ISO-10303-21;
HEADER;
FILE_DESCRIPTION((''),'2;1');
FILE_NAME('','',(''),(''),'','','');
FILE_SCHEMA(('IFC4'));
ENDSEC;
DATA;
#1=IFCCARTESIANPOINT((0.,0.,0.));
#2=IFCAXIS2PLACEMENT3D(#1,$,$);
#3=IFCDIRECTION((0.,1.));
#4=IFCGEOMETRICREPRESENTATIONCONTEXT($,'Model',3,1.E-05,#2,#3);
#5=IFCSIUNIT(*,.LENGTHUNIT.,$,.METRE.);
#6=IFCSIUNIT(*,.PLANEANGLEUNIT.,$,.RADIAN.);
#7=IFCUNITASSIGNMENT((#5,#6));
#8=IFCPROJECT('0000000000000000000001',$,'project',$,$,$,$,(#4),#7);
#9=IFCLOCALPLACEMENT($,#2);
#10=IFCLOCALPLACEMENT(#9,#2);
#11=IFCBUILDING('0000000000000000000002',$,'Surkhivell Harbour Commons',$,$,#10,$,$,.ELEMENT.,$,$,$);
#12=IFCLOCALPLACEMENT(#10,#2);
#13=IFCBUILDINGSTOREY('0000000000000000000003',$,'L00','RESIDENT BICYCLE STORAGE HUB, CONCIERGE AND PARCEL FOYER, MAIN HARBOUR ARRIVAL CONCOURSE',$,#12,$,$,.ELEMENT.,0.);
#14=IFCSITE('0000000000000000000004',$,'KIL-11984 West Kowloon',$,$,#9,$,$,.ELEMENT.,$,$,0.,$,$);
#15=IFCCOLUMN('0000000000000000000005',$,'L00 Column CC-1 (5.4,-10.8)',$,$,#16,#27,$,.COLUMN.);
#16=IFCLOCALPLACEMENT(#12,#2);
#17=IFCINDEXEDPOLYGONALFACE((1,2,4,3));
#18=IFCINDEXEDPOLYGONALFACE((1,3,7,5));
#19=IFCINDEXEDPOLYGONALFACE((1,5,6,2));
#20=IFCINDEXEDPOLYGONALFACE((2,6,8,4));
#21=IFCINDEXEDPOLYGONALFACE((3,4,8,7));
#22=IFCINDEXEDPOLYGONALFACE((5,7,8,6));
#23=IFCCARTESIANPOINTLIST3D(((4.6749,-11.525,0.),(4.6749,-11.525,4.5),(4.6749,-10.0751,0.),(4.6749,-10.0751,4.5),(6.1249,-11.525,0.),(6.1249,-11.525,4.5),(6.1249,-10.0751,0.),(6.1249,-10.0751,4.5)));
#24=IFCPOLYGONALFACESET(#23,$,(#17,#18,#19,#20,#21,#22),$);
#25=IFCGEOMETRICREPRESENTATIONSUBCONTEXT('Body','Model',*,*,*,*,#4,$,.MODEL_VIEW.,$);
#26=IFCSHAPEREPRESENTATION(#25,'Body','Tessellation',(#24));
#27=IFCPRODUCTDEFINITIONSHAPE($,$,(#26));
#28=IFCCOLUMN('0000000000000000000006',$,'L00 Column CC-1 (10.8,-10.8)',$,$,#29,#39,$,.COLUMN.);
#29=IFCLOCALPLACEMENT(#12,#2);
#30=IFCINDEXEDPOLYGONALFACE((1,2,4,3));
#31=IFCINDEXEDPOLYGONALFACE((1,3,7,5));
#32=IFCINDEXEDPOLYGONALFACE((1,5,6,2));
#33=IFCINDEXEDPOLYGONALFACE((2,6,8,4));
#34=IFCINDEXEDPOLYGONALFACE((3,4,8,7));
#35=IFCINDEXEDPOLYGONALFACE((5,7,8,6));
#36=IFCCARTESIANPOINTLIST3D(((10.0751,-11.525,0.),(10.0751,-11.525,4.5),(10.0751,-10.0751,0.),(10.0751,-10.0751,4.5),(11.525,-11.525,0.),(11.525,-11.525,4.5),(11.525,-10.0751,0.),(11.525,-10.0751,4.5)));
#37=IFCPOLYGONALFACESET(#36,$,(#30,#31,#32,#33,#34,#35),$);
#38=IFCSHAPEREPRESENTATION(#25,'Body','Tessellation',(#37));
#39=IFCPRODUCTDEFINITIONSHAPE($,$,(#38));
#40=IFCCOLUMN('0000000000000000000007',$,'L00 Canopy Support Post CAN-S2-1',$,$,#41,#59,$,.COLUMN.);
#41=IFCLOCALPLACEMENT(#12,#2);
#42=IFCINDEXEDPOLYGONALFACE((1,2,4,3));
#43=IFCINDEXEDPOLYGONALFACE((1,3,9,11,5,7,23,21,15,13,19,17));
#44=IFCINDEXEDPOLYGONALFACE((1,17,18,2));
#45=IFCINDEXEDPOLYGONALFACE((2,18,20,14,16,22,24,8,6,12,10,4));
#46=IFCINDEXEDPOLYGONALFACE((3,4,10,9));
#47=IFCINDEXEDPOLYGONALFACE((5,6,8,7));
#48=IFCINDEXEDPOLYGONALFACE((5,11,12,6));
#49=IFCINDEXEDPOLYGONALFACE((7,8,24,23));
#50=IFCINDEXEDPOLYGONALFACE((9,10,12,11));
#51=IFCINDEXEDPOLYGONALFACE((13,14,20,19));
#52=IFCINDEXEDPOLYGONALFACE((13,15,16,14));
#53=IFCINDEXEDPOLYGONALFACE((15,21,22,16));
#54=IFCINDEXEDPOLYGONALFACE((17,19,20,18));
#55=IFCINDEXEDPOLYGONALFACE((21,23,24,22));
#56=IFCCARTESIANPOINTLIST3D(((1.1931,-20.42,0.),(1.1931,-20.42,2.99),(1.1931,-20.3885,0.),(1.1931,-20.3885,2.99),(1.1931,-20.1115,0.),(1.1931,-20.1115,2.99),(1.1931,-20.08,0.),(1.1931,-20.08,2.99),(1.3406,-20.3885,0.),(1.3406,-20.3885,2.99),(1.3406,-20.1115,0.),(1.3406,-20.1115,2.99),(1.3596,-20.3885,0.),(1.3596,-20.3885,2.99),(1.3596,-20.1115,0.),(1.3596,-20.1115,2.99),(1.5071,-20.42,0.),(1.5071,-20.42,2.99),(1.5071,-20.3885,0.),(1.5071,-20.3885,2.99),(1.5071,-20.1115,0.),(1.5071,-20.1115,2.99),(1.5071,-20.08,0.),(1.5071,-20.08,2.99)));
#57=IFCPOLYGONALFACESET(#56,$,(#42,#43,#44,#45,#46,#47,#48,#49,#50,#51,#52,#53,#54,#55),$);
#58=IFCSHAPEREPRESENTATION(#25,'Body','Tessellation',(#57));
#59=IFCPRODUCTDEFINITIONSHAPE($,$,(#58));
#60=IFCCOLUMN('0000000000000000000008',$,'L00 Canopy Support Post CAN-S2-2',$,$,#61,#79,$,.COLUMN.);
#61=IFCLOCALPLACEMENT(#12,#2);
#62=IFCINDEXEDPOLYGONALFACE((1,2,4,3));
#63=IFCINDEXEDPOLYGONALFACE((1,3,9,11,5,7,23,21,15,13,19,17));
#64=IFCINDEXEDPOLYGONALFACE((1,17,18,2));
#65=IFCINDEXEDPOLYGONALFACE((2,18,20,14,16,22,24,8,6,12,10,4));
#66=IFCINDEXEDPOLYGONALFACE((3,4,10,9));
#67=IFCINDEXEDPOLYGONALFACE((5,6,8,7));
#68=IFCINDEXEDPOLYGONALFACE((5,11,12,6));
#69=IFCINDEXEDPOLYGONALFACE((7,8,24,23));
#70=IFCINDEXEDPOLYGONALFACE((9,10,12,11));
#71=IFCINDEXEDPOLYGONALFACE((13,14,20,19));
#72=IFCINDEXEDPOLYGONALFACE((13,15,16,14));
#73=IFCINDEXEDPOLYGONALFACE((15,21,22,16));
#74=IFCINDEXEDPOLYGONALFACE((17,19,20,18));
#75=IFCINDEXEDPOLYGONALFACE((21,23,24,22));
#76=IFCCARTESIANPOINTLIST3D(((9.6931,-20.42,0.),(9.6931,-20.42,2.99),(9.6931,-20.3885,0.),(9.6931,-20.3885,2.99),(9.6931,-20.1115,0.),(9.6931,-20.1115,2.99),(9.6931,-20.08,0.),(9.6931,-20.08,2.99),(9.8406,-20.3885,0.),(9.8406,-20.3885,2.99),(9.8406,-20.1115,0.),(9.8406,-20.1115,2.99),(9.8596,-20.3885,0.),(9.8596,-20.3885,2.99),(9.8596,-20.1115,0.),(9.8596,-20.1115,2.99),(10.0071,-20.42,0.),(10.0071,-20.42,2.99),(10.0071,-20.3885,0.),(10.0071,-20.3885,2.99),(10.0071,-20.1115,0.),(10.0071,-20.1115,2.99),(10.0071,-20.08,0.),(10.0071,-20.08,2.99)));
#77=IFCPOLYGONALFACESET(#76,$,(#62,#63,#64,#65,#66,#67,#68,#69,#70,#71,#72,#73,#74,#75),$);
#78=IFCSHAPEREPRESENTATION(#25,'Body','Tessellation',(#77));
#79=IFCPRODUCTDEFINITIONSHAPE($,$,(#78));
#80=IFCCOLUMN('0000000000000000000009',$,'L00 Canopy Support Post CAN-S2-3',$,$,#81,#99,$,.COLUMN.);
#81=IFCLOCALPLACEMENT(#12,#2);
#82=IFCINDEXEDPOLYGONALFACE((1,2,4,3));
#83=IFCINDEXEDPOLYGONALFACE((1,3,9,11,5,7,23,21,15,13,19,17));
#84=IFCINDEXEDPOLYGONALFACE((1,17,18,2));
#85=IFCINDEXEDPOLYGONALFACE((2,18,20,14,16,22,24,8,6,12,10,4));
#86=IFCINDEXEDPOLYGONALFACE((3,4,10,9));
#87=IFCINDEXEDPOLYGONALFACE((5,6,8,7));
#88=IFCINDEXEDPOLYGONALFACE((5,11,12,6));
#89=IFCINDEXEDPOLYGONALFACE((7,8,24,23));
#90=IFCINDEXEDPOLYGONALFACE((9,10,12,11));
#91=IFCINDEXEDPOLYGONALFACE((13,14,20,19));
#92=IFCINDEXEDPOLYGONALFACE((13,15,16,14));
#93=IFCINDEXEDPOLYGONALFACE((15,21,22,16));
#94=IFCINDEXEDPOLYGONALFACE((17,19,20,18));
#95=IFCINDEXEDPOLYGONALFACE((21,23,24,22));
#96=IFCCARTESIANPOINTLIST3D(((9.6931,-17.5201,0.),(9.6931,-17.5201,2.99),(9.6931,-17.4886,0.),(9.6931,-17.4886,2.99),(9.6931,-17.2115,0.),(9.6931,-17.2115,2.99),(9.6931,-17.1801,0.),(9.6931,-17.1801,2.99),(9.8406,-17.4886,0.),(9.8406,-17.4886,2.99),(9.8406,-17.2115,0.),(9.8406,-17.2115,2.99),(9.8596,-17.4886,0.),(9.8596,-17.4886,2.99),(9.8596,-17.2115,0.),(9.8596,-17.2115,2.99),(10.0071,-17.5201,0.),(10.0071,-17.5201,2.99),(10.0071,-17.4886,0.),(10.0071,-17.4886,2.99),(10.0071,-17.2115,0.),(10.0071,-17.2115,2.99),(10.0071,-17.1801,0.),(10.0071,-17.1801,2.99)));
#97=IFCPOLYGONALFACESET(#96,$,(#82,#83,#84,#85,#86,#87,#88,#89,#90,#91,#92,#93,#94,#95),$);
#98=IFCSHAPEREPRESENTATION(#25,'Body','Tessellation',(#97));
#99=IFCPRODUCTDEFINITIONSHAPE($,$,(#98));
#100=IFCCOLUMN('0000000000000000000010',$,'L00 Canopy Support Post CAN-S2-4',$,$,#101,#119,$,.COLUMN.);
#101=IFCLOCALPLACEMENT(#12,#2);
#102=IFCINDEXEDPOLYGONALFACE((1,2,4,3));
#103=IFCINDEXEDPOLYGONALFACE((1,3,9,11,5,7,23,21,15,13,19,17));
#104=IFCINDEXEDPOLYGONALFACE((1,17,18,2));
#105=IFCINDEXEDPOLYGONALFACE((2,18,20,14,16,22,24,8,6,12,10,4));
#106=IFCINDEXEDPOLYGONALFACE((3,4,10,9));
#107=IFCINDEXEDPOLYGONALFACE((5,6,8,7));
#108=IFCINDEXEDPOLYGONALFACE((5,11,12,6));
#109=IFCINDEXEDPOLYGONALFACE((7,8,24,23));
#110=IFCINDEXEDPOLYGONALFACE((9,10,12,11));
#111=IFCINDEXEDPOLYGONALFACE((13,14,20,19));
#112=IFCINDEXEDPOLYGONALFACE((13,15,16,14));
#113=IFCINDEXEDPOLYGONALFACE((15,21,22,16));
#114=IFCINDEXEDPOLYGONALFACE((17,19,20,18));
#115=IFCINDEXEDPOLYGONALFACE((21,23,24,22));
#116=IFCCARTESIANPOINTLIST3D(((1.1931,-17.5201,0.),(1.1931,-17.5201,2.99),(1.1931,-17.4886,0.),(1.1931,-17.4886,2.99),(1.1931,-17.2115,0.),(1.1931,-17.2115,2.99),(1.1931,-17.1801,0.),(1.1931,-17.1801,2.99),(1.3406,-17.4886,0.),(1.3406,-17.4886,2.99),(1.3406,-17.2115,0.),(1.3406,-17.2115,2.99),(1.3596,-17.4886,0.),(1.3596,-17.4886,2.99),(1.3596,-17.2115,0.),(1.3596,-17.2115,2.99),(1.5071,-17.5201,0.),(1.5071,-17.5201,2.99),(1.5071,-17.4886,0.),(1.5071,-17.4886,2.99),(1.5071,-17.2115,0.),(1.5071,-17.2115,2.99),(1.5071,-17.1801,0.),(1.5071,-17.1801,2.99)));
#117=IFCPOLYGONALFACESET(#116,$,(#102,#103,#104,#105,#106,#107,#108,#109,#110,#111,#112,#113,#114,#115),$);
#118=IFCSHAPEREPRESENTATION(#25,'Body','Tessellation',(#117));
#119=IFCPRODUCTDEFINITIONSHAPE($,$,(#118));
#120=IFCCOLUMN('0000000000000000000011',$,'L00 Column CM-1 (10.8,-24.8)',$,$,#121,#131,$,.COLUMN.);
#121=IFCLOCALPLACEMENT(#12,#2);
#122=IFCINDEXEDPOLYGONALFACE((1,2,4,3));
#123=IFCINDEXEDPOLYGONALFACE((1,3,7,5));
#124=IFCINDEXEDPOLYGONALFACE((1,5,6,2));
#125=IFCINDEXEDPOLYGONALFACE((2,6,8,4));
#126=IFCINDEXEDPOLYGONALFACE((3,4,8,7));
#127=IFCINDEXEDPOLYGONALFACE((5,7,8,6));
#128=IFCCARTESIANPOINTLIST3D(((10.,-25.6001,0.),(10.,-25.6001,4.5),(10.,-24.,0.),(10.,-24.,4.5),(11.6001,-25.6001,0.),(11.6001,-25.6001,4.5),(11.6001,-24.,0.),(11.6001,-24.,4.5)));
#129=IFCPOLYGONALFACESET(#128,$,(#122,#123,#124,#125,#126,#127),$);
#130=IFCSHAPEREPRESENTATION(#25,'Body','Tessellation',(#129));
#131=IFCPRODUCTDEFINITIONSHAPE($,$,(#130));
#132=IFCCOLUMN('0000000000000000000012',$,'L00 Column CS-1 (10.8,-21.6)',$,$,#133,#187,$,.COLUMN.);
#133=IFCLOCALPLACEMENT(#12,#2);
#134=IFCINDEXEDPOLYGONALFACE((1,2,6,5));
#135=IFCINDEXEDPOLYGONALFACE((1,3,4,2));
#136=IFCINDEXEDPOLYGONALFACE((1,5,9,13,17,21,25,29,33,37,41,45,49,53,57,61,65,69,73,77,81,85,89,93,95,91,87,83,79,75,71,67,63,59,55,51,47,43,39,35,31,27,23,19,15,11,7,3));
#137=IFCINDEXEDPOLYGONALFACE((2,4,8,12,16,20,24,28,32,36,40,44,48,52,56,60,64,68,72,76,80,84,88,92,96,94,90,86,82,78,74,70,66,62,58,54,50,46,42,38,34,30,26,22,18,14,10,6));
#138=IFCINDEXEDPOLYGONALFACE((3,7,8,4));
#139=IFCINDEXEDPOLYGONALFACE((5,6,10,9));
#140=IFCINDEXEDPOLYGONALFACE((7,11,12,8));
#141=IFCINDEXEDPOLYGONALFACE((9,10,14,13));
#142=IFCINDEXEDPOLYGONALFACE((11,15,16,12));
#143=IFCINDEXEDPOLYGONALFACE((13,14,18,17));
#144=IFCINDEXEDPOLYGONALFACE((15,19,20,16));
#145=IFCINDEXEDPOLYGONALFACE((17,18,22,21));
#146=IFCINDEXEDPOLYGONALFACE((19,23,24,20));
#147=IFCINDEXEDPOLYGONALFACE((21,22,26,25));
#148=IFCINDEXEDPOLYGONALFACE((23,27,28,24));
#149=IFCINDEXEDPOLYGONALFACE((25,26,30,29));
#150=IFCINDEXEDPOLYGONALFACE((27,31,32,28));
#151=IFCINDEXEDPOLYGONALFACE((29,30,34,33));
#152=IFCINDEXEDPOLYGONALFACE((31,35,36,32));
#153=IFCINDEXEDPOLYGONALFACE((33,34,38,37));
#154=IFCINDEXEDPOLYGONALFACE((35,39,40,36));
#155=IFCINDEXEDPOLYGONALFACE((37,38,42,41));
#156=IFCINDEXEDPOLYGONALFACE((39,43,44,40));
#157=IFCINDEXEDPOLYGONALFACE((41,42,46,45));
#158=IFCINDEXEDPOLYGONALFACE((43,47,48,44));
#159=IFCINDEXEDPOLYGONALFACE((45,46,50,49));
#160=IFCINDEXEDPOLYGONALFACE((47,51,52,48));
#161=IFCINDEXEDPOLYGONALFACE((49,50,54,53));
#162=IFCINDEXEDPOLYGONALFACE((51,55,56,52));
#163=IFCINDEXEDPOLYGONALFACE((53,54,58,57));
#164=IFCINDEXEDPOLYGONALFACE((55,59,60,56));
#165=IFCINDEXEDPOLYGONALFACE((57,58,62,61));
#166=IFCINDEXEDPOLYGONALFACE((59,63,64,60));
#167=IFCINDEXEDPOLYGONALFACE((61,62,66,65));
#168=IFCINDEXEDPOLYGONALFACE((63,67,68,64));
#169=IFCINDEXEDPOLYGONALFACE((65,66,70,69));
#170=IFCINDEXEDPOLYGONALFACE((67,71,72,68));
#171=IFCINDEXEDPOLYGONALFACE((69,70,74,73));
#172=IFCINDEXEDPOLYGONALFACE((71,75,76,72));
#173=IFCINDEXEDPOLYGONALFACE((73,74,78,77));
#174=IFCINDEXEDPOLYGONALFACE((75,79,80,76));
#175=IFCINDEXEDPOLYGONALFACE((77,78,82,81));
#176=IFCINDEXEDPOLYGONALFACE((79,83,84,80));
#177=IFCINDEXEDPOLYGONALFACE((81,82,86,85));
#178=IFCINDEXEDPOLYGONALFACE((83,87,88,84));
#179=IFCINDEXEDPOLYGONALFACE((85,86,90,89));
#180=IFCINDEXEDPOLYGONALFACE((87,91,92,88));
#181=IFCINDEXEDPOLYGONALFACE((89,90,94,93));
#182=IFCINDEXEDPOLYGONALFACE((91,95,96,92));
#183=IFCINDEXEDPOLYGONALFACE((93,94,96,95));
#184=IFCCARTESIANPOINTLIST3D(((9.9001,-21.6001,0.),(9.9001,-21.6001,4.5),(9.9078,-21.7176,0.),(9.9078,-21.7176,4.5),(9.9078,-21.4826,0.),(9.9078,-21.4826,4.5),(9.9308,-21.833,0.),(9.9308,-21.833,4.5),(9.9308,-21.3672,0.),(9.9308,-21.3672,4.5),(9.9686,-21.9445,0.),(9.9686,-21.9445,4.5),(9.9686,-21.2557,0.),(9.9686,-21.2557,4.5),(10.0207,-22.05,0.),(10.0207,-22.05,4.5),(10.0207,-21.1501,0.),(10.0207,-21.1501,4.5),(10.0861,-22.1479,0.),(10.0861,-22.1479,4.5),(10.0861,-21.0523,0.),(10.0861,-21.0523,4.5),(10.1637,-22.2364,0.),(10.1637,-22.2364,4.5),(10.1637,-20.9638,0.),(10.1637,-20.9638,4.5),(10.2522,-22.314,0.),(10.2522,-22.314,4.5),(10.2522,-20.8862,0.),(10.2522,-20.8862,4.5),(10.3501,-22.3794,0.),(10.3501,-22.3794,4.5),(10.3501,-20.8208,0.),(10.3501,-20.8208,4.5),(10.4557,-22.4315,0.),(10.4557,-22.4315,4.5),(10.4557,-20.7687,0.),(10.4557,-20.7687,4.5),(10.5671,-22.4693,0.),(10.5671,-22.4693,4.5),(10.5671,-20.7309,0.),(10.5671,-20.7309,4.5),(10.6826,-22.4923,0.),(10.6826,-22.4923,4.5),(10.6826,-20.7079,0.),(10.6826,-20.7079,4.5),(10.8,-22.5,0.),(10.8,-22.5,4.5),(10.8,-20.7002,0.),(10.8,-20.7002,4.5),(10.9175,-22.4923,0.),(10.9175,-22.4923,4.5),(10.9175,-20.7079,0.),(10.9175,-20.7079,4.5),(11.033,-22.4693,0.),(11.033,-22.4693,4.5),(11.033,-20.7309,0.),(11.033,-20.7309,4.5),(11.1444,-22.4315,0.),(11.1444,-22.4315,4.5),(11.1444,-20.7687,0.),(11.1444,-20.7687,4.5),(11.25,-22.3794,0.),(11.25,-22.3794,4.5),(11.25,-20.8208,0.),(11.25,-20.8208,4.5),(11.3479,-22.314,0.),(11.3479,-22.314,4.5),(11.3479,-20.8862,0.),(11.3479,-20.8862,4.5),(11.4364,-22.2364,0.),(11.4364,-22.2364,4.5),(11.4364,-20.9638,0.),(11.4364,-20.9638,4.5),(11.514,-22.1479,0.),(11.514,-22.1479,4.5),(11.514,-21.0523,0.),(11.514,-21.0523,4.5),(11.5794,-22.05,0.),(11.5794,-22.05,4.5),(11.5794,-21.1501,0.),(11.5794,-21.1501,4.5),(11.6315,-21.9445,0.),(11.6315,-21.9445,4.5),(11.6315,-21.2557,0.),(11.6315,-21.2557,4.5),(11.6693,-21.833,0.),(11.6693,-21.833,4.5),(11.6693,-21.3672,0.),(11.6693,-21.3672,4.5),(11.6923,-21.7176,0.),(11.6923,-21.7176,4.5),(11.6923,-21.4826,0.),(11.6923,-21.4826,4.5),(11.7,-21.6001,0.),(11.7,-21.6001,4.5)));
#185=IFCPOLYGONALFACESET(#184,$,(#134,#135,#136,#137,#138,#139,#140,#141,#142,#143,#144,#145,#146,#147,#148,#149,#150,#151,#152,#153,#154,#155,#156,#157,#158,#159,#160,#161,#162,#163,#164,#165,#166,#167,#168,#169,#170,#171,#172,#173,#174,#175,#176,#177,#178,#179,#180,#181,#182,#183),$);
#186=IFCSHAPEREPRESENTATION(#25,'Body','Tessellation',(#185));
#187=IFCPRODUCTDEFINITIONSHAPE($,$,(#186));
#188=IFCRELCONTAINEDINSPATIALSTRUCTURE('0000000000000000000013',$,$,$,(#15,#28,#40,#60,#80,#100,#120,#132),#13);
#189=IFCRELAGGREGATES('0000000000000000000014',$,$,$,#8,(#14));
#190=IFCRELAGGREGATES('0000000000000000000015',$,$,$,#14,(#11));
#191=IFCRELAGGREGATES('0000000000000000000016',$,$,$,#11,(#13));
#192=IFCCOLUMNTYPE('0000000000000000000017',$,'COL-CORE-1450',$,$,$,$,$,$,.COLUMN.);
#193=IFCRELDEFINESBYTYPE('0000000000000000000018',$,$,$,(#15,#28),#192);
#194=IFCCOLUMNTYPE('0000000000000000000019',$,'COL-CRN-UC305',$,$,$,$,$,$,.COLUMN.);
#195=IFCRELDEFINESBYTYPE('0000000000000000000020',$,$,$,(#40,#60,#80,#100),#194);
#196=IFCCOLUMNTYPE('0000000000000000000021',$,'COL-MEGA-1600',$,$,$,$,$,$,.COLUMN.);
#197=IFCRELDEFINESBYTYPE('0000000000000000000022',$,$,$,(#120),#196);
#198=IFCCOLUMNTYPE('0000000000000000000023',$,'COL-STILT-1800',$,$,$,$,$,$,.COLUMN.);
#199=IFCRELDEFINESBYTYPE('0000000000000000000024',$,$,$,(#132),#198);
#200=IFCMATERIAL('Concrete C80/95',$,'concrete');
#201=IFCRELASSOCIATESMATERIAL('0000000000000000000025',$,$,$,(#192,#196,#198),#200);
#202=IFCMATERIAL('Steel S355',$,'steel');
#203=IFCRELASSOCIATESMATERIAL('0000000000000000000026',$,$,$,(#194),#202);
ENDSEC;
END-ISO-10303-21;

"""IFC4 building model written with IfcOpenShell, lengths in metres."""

from ifc_helpers import new_model, si_unit, direction, frame, origin, origin_2d, place, context, subcontext, project, spatial, rectangle, circle, i_section, extrude, material, material_profile, profile_set, type_object, element, save


model = new_model("IFC4")

# Units and contexts
model_context = context("Model", 3, precision=1e-05, world=origin(), true_north=direction((0.0, 1.0)))
body_context = subcontext(model_context, "Body", "Model", "MODEL_VIEW")
ifc_project = project(units=[si_unit("LENGTHUNIT", "METRE"), si_unit("PLANEANGLEUNIT", "RADIAN")], contexts=[model_context])

# Site, building, storey
site_placement = place(None, origin())
site = spatial("IfcSite", under=ifc_project, at=site_placement, Name="KIL-11984 West Kowloon", CompositionType="ELEMENT", RefElevation=0.0)
building_placement = place(site_placement, origin())
building = spatial("IfcBuilding", under=site, at=building_placement, Name="Surkhivell Harbour Commons", CompositionType="ELEMENT")
storey_placement = place(building_placement, origin())
storey = spatial("IfcBuildingStorey", under=building, at=storey_placement, Name="L00", Description="RESIDENT BICYCLE STORAGE HUB, CONCIERGE AND PARCEL FOYER, MAIN HARBOUR ARRIVAL CONCOURSE", CompositionType="ELEMENT", Elevation=0.0)

# Columns
ifc_material_1 = material(Name="Concrete C80/95", Category="concrete")
ifc_material_profile_1 = material_profile(ifc_material_1, rectangle(XDim=1.45, YDim=1.45, at=origin_2d()), Name="RC-COL-1450x1450")
ifc_profile_set_1 = profile_set([ifc_material_profile_1], Name="Concrete C80/95")
column_type_1 = type_object("IfcColumnType", Name="COL-CORE-1450", PredefinedType="COLUMN", material=ifc_profile_set_1)
for number, where, z_axis, x_axis, name in (
    (1, (5.3999, -10.8, 0.0), (0.0, 0.0, 1.0), (1.0, 0.0, 0.0), "L00 Column CC-1 (5.4,-10.8)"),
    (2, (10.8, -10.8, 0.0), (0.0, 0.0, 1.0), (1.0, 0.0, 0.0), "L00 Column CC-1 (10.8,-10.8)"),
):
    element("IfcColumn", number, at=place(storey_placement, frame(where, z_axis=z_axis, x_axis=x_axis)), inside=storey, type_object=column_type_1, Name=name, PredefinedType="COLUMN", context=body_context, shape_type="SweptSolid", body=[
        extrude(rectangle(XDim=1.45, YDim=1.45, at=origin_2d()), origin(), (0.0, 0.0, 1.0), 4.5),
    ])
ifc_material_2 = material(Name="Steel S355", Category="steel")
ifc_material_profile_2 = material_profile(ifc_material_2, i_section(OverallWidth=0.314, OverallDepth=0.3401, WebThickness=0.019, FlangeThickness=0.0315, at=origin_2d()), Name="UC305x305x198")
ifc_profile_set_2 = profile_set([ifc_material_profile_2], Name="Steel S355")
column_type_2 = type_object("IfcColumnType", Name="COL-CRN-UC305", PredefinedType="COLUMN", material=ifc_profile_set_2)
for number, where, z_axis, x_axis, name in (
    (3, (1.3501, -20.25, 0.0), (0.0, 0.0, 1.0), (1.0, 0.0, 0.0), "L00 Canopy Support Post CAN-S2-1"),
    (4, (9.8501, -20.25, 0.0), (0.0, 0.0, 1.0), (1.0, 0.0, 0.0), "L00 Canopy Support Post CAN-S2-2"),
    (5, (9.8501, -17.3501, 0.0), (0.0, 0.0, 1.0), (1.0, 0.0, 0.0), "L00 Canopy Support Post CAN-S2-3"),
    (6, (1.3501, -17.3501, 0.0), (0.0, 0.0, 1.0), (1.0, 0.0, 0.0), "L00 Canopy Support Post CAN-S2-4"),
):
    element("IfcColumn", number, at=place(storey_placement, frame(where, z_axis=z_axis, x_axis=x_axis)), inside=storey, type_object=column_type_2, Name=name, PredefinedType="COLUMN", context=body_context, shape_type="SweptSolid", body=[
        extrude(i_section(OverallWidth=0.314, OverallDepth=0.3401, WebThickness=0.019, FlangeThickness=0.0315, at=origin_2d()), origin(), (0.0, 0.0, 1.0), 2.99),
    ])
ifc_material_profile_3 = material_profile(ifc_material_1, rectangle(XDim=1.6001, YDim=1.6001, at=origin_2d()), Name="RC-COL-1600x1600")
ifc_profile_set_3 = profile_set([ifc_material_profile_3], Name="Concrete C80/95")
column_type_3 = type_object("IfcColumnType", Name="COL-MEGA-1600", PredefinedType="COLUMN", material=ifc_profile_set_3)
column_1_placement = place(storey_placement, frame((10.8, -24.8, 0.0), z_axis=(0.0, 0.0, 1.0), x_axis=(1.0, 0.0, 0.0)))
element("IfcColumn", 7, at=column_1_placement, inside=storey, type_object=column_type_3, Name="L00 Column CM-1 (10.8,-24.8)", PredefinedType="COLUMN", context=body_context, shape_type="SweptSolid", body=[
    extrude(rectangle(XDim=1.6001, YDim=1.6001, at=origin_2d()), origin(), (0.0, 0.0, 1.0), 4.5),
])
ifc_material_profile_4 = material_profile(ifc_material_1, circle(Radius=0.8999, at=origin_2d()), Name="RC-CIRC-1800")
ifc_profile_set_4 = profile_set([ifc_material_profile_4], Name="Concrete C80/95")
column_type_4 = type_object("IfcColumnType", Name="COL-STILT-1800", PredefinedType="COLUMN", material=ifc_profile_set_4)
column_2_placement = place(storey_placement, frame((10.8, -21.6001, 0.0), z_axis=(0.0, 0.0, 1.0), x_axis=(1.0, 0.0, 0.0)))
element("IfcColumn", 8, at=column_2_placement, inside=storey, type_object=column_type_4, Name="L00 Column CS-1 (10.8,-21.6)", PredefinedType="COLUMN", context=body_context, shape_type="SweptSolid", body=[
    extrude(circle(Radius=0.8999, at=origin_2d()), origin(), (0.0, 0.0, 1.0), 4.5),
])

save(model, "model.ifc")
